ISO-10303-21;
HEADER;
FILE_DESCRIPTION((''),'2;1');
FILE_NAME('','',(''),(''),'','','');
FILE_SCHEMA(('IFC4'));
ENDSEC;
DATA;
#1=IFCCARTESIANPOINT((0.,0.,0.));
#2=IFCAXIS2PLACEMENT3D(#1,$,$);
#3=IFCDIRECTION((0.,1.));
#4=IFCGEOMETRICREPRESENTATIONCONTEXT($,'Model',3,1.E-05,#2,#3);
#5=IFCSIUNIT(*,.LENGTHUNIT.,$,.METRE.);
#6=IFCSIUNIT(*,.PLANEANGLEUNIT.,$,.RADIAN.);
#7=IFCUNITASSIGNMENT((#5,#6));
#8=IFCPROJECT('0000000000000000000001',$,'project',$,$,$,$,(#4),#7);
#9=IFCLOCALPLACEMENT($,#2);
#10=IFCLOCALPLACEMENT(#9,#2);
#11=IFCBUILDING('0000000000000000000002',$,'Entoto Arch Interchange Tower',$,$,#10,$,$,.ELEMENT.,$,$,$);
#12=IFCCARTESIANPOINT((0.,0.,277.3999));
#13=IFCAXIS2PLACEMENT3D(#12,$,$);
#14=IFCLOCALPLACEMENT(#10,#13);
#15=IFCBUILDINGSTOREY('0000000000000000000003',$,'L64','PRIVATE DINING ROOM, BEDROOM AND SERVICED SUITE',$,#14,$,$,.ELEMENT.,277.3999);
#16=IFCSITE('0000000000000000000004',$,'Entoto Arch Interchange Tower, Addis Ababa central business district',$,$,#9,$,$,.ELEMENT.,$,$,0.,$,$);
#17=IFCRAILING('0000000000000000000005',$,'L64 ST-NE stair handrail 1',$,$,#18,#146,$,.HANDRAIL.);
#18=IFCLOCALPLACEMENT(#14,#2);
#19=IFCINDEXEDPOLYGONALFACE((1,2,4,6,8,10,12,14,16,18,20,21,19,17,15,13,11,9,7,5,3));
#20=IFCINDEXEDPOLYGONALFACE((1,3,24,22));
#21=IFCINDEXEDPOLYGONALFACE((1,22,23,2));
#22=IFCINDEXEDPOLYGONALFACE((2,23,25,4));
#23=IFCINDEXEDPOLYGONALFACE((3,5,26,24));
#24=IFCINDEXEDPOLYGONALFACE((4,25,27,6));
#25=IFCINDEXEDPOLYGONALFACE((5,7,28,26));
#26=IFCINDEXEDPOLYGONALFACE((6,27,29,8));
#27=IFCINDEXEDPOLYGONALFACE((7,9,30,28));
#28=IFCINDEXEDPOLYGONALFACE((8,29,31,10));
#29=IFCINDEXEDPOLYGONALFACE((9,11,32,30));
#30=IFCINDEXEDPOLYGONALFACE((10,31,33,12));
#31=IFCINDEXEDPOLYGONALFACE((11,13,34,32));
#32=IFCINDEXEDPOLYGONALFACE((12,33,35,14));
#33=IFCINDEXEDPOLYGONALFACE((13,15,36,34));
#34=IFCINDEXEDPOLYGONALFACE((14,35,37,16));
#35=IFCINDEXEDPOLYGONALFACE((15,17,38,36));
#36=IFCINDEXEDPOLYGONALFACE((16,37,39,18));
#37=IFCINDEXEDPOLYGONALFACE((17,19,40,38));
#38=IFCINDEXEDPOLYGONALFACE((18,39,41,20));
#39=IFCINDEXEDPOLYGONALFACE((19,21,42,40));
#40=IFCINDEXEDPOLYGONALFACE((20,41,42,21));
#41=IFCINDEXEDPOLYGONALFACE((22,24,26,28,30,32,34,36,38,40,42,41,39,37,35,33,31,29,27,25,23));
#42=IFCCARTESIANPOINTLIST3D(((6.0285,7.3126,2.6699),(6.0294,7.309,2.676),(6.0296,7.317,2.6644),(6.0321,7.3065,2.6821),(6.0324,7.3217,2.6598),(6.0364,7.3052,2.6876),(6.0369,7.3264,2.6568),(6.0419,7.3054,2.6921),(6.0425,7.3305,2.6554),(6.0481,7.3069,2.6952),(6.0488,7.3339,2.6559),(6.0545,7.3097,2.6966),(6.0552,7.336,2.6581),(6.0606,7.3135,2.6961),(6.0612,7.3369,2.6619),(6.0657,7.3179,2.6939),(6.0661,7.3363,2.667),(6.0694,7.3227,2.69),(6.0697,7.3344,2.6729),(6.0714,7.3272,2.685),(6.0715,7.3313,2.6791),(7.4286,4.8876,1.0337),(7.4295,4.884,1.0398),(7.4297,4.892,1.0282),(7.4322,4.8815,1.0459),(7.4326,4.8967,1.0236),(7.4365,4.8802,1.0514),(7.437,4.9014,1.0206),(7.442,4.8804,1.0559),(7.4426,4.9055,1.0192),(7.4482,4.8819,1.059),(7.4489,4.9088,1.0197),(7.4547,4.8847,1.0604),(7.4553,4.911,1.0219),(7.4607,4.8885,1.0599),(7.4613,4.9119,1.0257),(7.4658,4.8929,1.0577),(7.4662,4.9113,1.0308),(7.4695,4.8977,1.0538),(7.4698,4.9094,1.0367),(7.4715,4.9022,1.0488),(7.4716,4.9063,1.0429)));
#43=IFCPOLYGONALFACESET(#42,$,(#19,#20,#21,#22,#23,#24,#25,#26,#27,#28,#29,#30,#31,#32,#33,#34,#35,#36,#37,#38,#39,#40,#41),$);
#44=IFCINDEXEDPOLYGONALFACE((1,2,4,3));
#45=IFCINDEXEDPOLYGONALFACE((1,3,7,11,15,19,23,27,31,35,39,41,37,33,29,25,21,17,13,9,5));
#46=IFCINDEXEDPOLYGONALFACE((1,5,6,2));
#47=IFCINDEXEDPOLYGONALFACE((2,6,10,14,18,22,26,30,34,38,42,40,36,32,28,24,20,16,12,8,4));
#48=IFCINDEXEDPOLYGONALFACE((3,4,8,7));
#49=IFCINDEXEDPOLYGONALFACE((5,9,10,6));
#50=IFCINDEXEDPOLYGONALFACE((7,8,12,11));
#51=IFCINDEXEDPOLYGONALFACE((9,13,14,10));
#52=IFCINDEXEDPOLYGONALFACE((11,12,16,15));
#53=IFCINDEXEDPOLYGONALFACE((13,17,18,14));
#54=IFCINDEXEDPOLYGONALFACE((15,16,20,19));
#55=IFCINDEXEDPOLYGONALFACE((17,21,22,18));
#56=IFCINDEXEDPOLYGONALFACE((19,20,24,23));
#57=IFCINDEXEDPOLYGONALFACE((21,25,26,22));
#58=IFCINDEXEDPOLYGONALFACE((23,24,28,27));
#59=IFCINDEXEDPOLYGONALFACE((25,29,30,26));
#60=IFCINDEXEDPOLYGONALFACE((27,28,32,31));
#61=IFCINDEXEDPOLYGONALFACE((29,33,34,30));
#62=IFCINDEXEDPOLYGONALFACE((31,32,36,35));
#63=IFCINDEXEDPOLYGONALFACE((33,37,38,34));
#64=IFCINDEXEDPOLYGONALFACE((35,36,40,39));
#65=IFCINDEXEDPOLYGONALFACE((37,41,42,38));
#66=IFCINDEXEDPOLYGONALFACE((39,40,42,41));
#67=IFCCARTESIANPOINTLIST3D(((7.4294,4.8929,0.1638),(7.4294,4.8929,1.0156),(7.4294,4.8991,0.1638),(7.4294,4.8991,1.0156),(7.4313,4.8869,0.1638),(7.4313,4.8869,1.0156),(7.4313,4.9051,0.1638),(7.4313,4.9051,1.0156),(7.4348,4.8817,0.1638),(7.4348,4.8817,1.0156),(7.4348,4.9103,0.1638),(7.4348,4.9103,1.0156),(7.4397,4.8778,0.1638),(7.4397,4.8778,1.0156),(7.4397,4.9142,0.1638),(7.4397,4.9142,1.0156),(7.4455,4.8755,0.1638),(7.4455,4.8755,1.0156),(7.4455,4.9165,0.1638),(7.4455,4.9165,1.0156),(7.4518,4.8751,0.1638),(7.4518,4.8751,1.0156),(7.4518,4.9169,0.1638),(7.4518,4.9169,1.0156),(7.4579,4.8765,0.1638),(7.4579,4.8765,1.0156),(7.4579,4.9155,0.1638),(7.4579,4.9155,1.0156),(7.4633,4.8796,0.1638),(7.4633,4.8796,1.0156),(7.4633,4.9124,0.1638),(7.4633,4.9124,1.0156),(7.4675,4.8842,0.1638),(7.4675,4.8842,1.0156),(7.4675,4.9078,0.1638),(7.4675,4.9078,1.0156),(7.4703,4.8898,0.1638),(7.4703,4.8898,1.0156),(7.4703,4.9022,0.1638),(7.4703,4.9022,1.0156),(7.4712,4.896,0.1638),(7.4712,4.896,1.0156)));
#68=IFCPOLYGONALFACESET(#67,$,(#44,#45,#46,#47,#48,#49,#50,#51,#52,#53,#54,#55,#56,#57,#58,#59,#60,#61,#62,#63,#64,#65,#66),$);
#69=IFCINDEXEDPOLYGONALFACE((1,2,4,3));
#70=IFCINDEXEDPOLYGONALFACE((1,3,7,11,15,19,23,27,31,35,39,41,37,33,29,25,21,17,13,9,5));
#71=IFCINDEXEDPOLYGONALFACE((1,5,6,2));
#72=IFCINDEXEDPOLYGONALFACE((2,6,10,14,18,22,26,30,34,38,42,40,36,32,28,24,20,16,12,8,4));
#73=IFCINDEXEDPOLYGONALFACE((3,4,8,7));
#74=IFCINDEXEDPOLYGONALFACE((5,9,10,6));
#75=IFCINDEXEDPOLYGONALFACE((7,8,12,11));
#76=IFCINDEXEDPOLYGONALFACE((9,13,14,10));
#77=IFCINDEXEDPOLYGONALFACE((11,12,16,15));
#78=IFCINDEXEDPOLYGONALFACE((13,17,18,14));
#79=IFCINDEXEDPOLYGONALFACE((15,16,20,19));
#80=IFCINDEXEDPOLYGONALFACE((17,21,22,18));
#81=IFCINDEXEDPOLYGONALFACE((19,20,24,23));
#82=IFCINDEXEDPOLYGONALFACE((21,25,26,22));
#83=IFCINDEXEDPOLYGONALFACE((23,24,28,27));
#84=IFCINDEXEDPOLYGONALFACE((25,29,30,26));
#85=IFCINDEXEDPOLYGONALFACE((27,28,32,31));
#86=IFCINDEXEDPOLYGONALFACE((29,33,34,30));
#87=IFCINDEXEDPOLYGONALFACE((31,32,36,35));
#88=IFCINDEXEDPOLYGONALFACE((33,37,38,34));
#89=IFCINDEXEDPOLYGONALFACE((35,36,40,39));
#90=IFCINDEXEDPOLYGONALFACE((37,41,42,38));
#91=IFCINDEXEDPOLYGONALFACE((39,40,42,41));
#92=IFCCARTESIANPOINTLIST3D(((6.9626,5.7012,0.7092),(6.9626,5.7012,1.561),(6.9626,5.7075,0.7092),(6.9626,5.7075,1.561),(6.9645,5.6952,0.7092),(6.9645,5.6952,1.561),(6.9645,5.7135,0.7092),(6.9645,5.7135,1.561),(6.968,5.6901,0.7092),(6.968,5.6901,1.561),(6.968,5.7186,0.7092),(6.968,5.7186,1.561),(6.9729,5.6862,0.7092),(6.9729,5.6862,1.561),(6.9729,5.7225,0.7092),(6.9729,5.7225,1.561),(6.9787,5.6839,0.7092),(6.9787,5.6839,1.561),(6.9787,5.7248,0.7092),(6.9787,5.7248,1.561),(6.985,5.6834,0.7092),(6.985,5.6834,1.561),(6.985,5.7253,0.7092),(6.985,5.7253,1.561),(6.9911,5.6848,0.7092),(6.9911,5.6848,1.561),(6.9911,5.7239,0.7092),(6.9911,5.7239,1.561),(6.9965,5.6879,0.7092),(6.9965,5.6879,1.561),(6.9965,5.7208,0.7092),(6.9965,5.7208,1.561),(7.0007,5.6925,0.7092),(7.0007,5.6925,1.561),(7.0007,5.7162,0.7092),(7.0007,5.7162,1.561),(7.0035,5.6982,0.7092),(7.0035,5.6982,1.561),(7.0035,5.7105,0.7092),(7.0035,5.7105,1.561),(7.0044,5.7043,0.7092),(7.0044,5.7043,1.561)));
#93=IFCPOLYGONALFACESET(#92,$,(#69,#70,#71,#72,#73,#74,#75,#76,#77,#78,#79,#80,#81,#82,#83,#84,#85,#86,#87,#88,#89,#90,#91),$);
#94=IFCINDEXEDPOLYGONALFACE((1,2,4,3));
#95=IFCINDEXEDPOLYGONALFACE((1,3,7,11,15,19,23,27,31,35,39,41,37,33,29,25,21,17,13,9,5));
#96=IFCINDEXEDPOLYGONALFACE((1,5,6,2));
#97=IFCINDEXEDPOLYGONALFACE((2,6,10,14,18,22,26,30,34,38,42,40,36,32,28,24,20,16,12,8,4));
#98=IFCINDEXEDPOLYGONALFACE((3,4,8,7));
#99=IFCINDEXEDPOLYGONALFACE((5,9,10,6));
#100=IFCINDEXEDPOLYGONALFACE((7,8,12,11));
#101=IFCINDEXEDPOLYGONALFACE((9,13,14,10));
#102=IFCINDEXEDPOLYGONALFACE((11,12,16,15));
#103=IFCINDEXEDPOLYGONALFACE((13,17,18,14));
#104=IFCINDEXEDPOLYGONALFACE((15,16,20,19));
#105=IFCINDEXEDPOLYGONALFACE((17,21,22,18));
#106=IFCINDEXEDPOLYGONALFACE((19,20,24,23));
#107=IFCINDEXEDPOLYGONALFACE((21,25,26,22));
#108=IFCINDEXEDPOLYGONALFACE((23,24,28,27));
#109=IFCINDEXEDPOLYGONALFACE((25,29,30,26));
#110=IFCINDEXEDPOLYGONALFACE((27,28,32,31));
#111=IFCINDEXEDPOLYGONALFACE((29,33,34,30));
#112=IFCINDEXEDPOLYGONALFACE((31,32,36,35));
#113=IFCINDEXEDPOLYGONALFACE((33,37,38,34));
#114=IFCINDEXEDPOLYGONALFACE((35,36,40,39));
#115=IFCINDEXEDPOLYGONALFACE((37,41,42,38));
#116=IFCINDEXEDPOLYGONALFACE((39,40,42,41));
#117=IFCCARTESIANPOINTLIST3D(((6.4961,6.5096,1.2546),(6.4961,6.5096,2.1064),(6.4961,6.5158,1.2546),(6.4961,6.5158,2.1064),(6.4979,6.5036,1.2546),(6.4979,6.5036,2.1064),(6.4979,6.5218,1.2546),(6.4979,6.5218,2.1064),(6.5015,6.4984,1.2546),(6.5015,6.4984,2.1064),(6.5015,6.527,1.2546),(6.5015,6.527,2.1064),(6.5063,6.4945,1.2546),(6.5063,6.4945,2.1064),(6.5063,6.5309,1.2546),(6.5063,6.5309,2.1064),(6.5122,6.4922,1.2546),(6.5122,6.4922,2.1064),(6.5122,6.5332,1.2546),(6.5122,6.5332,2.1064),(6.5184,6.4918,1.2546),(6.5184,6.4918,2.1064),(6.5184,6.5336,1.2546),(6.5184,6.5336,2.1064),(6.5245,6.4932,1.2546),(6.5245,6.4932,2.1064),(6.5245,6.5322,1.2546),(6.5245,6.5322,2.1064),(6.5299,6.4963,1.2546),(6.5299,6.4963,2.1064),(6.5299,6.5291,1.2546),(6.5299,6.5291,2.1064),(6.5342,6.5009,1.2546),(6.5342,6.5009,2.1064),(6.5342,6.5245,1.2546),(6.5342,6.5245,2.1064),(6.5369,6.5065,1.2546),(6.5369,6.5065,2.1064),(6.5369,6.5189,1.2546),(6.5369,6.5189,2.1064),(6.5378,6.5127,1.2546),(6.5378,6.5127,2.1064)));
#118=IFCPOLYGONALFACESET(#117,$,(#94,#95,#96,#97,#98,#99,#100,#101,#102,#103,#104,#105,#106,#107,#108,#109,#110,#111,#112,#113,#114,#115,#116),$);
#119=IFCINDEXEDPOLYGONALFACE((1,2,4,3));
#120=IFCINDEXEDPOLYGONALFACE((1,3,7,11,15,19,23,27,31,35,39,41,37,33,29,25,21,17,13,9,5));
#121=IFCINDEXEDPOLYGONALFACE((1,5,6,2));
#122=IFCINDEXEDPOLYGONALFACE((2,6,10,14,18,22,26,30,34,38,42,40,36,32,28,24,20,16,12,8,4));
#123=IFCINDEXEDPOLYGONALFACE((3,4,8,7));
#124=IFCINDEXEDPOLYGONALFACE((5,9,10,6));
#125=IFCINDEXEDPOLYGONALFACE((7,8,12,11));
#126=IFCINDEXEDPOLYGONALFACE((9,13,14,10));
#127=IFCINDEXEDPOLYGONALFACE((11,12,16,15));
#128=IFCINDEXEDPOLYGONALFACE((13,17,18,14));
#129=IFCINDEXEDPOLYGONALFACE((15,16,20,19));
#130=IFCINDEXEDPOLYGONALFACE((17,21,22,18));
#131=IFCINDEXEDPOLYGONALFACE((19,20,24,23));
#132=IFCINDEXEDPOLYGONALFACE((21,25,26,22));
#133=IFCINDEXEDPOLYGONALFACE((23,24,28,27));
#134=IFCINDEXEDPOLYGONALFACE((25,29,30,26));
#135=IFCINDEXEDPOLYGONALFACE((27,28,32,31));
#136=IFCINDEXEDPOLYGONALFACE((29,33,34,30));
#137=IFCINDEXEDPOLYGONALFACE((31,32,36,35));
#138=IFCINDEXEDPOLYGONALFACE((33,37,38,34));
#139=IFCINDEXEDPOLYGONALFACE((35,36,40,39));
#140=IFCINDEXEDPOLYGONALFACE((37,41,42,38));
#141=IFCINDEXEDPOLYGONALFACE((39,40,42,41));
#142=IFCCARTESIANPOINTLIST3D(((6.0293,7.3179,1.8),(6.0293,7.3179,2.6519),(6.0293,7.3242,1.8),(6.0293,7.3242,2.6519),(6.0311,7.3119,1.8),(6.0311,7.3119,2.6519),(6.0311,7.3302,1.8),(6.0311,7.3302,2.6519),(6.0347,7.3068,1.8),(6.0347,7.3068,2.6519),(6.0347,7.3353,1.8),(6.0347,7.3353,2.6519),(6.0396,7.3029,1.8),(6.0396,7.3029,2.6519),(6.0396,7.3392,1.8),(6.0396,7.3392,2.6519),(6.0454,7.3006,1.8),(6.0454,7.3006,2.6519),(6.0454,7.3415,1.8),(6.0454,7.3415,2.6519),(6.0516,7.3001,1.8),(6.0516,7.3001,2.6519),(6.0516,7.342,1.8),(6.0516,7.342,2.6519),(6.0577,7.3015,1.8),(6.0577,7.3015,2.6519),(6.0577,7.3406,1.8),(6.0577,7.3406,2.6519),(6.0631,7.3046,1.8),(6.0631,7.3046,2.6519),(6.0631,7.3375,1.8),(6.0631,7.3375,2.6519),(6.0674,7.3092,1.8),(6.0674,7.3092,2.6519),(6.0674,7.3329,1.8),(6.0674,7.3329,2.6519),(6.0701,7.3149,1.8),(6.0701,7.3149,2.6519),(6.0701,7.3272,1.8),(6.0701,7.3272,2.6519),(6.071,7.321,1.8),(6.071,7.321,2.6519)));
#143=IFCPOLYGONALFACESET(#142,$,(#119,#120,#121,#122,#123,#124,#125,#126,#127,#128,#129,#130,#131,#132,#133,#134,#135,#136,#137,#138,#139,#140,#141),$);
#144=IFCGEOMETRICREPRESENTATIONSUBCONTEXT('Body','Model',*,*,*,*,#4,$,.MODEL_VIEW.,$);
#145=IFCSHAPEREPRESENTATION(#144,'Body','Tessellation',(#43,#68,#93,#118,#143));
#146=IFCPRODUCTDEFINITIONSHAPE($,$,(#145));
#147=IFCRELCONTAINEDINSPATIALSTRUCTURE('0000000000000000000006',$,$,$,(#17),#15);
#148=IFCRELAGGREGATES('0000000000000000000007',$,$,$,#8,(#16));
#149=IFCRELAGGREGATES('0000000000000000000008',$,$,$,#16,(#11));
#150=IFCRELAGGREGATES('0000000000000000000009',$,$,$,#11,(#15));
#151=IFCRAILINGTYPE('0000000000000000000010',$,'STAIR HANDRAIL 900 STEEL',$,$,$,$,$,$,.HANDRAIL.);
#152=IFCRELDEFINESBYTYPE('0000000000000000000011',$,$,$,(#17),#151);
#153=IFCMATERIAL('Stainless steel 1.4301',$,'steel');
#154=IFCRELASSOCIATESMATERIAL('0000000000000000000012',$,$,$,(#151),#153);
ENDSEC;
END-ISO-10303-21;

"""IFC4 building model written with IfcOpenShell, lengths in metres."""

from ifc_helpers import new_model, si_unit, direction, frame, origin, origin_2d, place, context, subcontext, project, spatial, circle, extrude, material, type_object, element, save


model = new_model("IFC4")

# Units and contexts
model_context = context("Model", 3, precision=1e-05, world=origin(), true_north=direction((0.0, 1.0)))
body_context = subcontext(model_context, "Body", "Model", "MODEL_VIEW")
ifc_project = project(units=[si_unit("LENGTHUNIT", "METRE"), si_unit("PLANEANGLEUNIT", "RADIAN")], contexts=[model_context])

# Site, building, storey
site_placement = place(None, origin())
site = spatial("IfcSite", under=ifc_project, at=site_placement, Name="Entoto Arch Interchange Tower, Addis Ababa central business district", CompositionType="ELEMENT", RefElevation=0.0)
building_placement = place(site_placement, origin())
building = spatial("IfcBuilding", under=site, at=building_placement, Name="Entoto Arch Interchange Tower", CompositionType="ELEMENT")
storey_placement = place(building_placement, frame((0.0, 0.0, 277.3999)))
storey = spatial("IfcBuildingStorey", under=building, at=storey_placement, Name="L64", Description="PRIVATE DINING ROOM, BEDROOM AND SERVICED SUITE", CompositionType="ELEMENT", Elevation=277.3999)

# Railing
ifc_material_1 = material(Name="Stainless steel 1.4301", Category="steel")
railing_type_1 = type_object("IfcRailingType", Name="STAIR HANDRAIL 900 STEEL", PredefinedType="HANDRAIL", material=ifc_material_1)
railing_1_placement = place(storey_placement, frame((7.4502, 4.896, 0.1638)))
element("IfcRailing", 1, at=railing_1_placement, inside=storey, type_object=railing_type_1, Name="L64 ST-NE stair handrail 1", PredefinedType="HANDRAIL", context=body_context, shape_type="SweptSolid", body=[
    extrude(circle(Radius=0.0239, at=origin_2d()), frame((0.0, 0.0, 0.876), z_axis=(-0.431714, 0.747727, 0.504507), x_axis=(-0.866019, -0.500012, 0.0)), (0.0, 0.0, 1.0), 3.2432),
    extrude(circle(Radius=0.021, at=origin_2d()), origin(), (0.0, 0.0, 1.0), 0.8518),
    extrude(circle(Radius=0.021, at=origin_2d()), frame((-0.4668, 0.8083, 0.5454)), (0.0, 0.0, 1.0), 0.8518),
    extrude(circle(Radius=0.021, at=origin_2d()), frame((-0.9333, 1.6167, 1.0908)), (0.0, 0.0, 1.0), 0.8518),
    extrude(circle(Radius=0.021, at=origin_2d()), frame((-1.4001, 2.425, 1.6362)), (0.0, 0.0, 1.0), 0.8518),
])

save(model, "model.ifc")
